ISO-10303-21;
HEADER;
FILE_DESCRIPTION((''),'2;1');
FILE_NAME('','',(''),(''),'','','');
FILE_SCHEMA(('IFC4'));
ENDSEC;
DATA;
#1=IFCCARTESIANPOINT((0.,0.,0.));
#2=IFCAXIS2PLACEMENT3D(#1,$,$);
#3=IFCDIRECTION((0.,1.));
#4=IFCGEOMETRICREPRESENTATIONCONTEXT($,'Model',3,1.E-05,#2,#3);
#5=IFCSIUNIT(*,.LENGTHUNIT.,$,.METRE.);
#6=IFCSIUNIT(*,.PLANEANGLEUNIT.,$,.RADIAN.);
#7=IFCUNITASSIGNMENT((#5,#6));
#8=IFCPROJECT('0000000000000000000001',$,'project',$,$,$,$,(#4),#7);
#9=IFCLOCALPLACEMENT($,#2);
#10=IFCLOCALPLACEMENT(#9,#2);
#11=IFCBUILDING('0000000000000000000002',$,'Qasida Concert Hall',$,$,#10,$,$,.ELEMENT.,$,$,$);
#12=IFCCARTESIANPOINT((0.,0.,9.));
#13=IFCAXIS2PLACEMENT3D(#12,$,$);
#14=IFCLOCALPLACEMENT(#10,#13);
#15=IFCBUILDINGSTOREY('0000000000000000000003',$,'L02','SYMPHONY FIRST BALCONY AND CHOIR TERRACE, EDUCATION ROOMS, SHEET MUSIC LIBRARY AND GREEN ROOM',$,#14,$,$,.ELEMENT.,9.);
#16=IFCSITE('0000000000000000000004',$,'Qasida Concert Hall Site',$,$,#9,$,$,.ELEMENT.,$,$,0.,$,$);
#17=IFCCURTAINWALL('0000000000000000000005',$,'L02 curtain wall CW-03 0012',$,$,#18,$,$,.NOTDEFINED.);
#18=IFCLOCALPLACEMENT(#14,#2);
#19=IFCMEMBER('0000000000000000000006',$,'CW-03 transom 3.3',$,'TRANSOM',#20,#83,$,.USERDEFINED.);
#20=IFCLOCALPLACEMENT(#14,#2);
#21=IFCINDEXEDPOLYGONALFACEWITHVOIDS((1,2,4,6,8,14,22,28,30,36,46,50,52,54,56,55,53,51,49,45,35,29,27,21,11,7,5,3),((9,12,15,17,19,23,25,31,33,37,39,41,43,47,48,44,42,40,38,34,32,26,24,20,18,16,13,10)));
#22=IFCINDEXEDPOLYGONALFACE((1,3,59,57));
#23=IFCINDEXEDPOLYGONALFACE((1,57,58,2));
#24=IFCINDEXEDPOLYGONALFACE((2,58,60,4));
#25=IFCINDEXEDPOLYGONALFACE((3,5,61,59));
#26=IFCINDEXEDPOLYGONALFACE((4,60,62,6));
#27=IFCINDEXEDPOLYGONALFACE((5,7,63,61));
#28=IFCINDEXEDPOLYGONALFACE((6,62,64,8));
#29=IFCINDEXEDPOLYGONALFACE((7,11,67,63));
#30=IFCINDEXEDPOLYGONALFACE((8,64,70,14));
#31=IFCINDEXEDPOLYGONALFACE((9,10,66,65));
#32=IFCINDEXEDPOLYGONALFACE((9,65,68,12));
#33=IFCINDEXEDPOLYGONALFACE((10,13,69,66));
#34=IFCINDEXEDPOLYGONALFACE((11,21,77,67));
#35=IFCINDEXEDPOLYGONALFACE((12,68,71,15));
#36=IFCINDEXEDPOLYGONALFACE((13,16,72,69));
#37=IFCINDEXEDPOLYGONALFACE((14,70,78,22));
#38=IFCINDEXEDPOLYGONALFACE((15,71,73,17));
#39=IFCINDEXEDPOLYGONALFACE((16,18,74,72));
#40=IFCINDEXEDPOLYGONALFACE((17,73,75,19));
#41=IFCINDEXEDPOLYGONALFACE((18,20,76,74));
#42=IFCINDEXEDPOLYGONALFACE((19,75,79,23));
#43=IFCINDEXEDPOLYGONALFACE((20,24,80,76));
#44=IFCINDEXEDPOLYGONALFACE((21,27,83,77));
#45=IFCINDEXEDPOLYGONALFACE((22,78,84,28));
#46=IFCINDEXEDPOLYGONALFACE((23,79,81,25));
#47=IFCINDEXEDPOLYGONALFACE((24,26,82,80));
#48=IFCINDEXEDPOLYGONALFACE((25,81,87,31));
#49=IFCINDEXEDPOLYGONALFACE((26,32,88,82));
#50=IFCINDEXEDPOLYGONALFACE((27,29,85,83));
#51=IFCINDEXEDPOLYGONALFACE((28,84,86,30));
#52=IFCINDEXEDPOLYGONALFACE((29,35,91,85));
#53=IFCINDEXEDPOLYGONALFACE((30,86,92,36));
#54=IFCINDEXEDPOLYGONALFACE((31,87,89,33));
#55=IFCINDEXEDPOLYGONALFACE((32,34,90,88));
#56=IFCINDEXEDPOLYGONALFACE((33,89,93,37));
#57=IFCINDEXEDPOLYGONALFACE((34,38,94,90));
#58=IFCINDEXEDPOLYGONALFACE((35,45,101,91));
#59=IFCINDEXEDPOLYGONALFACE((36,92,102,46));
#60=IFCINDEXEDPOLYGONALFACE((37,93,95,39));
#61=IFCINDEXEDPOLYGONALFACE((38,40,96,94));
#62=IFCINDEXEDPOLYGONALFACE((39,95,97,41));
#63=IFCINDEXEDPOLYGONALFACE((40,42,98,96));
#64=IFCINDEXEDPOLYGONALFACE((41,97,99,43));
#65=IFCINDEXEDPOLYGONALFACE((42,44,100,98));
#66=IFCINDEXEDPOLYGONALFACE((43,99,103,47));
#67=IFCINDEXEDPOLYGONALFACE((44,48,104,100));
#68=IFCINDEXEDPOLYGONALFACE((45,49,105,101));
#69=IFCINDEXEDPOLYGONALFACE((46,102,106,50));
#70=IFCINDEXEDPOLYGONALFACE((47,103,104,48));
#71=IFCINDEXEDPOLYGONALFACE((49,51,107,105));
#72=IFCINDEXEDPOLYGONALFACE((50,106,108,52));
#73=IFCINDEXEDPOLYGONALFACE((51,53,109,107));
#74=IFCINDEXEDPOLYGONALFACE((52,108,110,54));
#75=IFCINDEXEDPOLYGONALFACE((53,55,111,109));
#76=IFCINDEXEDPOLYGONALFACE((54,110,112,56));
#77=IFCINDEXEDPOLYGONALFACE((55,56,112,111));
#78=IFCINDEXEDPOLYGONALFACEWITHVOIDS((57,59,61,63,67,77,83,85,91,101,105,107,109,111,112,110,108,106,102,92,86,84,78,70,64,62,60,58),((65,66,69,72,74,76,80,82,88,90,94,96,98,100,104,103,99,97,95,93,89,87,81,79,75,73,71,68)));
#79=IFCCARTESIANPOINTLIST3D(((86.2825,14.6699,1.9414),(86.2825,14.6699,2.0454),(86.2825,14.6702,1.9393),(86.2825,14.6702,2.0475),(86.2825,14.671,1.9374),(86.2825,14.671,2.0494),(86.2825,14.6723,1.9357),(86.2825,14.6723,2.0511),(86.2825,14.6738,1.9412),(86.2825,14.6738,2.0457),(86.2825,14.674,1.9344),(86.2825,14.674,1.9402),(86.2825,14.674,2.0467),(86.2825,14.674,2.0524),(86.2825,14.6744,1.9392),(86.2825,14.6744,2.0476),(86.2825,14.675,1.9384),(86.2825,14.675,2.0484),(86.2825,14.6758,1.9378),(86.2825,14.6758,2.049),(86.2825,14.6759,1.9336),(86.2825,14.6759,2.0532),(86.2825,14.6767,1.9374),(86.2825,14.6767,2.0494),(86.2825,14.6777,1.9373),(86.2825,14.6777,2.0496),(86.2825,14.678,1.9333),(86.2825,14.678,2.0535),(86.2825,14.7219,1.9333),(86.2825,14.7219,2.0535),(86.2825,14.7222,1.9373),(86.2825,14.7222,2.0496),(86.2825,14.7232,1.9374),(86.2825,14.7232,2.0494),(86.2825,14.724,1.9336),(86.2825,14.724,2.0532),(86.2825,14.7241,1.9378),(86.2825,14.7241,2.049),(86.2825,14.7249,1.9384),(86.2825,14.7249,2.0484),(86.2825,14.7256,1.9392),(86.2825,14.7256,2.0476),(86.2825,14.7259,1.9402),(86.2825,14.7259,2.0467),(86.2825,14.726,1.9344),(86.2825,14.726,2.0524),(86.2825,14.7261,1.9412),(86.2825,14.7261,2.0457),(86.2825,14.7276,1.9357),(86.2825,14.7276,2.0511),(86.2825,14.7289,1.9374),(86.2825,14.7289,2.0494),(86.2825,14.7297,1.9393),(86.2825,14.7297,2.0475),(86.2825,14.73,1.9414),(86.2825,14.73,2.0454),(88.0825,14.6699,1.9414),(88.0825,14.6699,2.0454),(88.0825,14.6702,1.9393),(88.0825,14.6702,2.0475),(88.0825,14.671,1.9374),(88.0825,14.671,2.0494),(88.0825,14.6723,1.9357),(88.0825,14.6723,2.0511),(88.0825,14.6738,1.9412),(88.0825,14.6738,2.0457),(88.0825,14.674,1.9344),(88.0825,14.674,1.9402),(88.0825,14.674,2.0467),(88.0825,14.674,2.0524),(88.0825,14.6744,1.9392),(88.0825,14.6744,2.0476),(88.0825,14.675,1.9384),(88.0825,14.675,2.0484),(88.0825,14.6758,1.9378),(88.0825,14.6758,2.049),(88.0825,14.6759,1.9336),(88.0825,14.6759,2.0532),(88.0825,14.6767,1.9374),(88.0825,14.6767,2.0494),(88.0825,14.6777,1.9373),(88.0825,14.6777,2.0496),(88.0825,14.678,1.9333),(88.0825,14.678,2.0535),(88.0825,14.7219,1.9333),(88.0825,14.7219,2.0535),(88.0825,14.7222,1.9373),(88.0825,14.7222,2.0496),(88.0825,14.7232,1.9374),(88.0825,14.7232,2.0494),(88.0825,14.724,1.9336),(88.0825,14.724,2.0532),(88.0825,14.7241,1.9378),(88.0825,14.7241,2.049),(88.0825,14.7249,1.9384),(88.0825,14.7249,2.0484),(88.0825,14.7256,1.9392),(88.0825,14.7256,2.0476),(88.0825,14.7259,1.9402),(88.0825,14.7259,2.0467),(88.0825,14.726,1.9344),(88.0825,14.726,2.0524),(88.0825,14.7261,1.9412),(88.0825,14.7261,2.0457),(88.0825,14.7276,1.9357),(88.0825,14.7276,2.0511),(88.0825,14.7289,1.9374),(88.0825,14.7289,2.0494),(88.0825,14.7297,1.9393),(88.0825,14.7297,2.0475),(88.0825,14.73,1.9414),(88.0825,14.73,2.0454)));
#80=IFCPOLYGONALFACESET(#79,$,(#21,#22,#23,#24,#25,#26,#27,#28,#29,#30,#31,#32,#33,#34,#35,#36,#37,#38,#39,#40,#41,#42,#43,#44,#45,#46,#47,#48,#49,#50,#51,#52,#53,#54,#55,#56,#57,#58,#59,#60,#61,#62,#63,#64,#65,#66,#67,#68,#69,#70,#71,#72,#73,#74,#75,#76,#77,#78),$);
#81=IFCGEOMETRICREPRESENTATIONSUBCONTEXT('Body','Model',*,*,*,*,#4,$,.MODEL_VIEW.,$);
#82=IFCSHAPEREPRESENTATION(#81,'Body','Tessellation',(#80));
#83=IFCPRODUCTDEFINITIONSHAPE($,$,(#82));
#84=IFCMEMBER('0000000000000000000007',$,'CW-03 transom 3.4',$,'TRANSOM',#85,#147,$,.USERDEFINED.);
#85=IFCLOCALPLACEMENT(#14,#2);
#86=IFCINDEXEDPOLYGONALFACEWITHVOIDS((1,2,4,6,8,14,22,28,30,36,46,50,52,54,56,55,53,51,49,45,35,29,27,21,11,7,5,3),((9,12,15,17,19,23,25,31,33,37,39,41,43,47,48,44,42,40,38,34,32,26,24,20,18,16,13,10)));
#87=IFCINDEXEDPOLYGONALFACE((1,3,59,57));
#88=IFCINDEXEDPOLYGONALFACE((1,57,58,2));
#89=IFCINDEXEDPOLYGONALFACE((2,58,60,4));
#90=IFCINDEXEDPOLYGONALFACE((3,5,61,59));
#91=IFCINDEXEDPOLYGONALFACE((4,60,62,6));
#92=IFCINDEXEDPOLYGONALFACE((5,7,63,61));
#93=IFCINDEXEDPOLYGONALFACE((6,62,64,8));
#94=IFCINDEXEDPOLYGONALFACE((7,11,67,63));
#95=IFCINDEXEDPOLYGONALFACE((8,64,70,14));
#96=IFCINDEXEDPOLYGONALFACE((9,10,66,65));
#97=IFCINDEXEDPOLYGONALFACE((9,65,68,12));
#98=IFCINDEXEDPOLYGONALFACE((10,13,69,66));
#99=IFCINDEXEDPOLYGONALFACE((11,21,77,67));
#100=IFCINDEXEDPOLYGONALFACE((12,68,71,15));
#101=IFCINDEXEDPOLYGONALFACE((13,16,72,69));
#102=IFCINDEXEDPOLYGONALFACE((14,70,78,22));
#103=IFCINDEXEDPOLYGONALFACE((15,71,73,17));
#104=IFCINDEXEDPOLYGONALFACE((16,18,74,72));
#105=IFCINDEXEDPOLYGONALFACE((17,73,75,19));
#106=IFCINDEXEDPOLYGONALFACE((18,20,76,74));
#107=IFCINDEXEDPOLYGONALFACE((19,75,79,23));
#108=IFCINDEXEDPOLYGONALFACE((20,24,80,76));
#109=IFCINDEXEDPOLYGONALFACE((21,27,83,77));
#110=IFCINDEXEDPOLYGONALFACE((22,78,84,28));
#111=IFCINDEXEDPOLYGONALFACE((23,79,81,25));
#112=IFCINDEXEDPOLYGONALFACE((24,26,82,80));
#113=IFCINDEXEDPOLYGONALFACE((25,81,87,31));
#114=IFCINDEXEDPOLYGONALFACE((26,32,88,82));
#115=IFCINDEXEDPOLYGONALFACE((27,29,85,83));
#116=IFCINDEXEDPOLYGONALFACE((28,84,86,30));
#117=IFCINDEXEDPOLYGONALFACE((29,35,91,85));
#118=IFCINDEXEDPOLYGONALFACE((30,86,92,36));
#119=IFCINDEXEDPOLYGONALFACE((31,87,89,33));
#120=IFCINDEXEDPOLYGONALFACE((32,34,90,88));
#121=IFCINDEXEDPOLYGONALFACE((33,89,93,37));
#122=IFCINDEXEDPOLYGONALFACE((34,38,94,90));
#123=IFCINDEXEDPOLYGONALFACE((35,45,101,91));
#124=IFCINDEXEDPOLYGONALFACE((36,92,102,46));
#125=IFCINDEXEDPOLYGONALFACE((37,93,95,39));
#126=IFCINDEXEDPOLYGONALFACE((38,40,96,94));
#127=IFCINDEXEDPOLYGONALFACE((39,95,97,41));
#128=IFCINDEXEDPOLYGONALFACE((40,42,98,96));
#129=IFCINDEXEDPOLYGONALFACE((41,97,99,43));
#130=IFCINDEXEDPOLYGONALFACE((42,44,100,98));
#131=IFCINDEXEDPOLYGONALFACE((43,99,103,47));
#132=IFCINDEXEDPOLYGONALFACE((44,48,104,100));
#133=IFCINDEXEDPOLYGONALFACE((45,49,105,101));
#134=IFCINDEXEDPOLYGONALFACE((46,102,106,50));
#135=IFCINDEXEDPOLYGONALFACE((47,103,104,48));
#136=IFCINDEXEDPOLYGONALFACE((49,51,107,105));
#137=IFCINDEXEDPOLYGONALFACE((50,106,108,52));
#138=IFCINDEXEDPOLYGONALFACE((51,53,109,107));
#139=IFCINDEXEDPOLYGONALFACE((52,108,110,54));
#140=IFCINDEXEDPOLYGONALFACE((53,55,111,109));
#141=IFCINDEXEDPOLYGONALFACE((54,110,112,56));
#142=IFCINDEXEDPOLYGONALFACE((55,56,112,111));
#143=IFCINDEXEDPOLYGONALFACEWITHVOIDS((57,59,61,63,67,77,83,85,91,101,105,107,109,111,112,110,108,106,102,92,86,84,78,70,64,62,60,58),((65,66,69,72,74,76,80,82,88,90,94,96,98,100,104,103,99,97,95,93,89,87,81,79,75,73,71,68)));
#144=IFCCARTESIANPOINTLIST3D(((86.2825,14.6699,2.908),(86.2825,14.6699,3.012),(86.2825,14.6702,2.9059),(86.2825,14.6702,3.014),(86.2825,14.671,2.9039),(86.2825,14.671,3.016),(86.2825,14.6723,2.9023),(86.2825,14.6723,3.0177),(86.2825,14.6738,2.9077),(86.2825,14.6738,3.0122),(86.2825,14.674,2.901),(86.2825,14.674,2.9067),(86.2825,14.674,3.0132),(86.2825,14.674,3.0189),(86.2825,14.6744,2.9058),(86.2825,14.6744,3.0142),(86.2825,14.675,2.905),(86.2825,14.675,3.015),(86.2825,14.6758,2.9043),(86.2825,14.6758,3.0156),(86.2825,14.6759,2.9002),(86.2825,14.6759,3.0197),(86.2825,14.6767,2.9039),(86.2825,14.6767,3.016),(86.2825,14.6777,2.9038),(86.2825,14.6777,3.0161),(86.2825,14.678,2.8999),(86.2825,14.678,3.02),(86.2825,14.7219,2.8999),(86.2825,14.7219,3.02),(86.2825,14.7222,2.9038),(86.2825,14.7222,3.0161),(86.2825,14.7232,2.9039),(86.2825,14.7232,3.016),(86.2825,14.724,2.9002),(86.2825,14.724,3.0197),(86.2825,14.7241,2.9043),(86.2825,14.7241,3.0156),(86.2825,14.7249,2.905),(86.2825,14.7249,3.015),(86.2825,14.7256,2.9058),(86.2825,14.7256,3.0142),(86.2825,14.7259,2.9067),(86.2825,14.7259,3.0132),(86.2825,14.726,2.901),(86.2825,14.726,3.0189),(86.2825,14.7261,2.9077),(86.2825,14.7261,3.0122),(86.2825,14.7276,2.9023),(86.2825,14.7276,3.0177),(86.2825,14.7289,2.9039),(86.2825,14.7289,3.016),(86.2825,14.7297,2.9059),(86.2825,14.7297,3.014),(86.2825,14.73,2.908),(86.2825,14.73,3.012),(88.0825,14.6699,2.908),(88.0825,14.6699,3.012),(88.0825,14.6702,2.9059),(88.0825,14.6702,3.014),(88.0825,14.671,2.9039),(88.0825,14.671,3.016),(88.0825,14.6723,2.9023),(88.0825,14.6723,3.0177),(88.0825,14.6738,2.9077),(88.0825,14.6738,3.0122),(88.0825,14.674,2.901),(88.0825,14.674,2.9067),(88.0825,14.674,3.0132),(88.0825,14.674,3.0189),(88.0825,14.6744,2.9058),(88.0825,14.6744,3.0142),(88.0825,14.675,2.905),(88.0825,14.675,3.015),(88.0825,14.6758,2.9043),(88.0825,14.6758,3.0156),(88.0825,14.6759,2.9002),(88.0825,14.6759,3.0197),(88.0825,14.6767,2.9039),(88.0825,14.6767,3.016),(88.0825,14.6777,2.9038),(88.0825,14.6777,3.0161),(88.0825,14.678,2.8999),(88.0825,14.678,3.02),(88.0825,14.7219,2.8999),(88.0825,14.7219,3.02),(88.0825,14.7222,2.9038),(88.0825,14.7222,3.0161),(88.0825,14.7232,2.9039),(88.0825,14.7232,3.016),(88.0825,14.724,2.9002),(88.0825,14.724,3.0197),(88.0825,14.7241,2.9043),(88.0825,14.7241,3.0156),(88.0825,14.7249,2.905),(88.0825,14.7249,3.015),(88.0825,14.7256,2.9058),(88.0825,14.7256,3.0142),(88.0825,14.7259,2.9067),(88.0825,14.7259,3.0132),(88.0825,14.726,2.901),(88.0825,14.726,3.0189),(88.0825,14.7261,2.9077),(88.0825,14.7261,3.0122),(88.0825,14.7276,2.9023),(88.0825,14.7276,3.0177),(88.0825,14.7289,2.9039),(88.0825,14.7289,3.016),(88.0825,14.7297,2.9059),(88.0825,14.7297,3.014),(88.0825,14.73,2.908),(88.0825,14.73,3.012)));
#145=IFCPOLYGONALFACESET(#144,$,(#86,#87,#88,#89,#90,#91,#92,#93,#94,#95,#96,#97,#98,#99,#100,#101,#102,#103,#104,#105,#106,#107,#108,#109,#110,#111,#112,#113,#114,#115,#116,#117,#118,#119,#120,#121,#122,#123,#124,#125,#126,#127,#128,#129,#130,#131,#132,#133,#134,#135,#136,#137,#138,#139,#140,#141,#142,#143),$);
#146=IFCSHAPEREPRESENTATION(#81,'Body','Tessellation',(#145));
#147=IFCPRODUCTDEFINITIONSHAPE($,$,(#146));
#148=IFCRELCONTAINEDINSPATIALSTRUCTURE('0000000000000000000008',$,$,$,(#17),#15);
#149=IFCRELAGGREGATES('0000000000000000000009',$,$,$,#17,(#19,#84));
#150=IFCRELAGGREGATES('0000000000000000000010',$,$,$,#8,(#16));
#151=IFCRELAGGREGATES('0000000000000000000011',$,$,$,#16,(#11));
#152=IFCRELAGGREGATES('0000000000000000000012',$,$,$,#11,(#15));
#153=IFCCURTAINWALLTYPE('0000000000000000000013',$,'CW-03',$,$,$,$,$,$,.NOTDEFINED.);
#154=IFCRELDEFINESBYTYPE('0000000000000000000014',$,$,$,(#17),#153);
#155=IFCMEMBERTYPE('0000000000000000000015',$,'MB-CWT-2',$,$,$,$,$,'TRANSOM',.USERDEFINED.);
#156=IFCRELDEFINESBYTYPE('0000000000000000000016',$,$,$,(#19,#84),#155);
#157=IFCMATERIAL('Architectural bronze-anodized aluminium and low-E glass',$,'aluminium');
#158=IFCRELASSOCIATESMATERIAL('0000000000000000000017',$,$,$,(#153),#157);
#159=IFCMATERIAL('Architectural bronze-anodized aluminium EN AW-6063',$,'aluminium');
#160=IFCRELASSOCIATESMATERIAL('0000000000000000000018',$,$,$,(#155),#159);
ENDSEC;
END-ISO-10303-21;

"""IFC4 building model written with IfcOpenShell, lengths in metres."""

from ifc_helpers import new_model, si_unit, direction, frame, origin, origin_2d, place, context, subcontext, project, spatial, hollow_rectangle, extrude, material, material_profile, profile_set, type_object, element, aggregate, save


model = new_model("IFC4")

# Units and contexts
model_context = context("Model", 3, precision=1e-05, world=origin(), true_north=direction((0.0, 1.0)))
body_context = subcontext(model_context, "Body", "Model", "MODEL_VIEW")
ifc_project = project(units=[si_unit("LENGTHUNIT", "METRE"), si_unit("PLANEANGLEUNIT", "RADIAN")], contexts=[model_context])

# Site, building, storey
site_placement = place(None, origin())
site = spatial("IfcSite", under=ifc_project, at=site_placement, Name="Qasida Concert Hall Site", CompositionType="ELEMENT", RefElevation=0.0)
building_placement = place(site_placement, origin())
building = spatial("IfcBuilding", under=site, at=building_placement, Name="Qasida Concert Hall", CompositionType="ELEMENT")
storey_placement = place(building_placement, frame((0.0, 0.0, 9.0)))
storey = spatial("IfcBuildingStorey", under=building, at=storey_placement, Name="L02", Description="SYMPHONY FIRST BALCONY AND CHOIR TERRACE, EDUCATION ROOMS, SHEET MUSIC LIBRARY AND GREEN ROOM", CompositionType="ELEMENT", Elevation=9.0)

# Curtain wall, members
ifc_material_1 = material(Name="Architectural bronze-anodized aluminium and low-E glass", Category="aluminium")
curtain_wall_type = type_object("IfcCurtainWallType", Name="CW-03", PredefinedType="NOTDEFINED", material=ifc_material_1)
curtain_wall_placement = place(storey_placement, origin())
curtain_wall = element("IfcCurtainWall", 1, at=curtain_wall_placement, inside=storey, type_object=curtain_wall_type, Name="L02 curtain wall CW-03 0012", PredefinedType="NOTDEFINED")
ifc_material_2 = material(Name="Architectural bronze-anodized aluminium EN AW-6063", Category="aluminium")
ifc_material_profile_1 = material_profile(ifc_material_2, hollow_rectangle(XDim=0.0601, YDim=0.1201, WallThickness=0.0039, InnerFilletRadius=0.0039, OuterFilletRadius=0.0081, at=origin_2d()), Name="CWT 120x60x4")
ifc_profile_set_1 = profile_set([ifc_material_profile_1], Name="Architectural bronze-anodized aluminium EN AW-6063")
member_type_1 = type_object("IfcMemberType", Name="MB-CWT-2", ElementType="TRANSOM", PredefinedType="USERDEFINED", material=ifc_profile_set_1)
member_1_placement = place(storey_placement, frame((86.2825, 14.7, 1.9934), z_axis=(1.0, 0.0, 0.0), x_axis=(0.0, 1.0, 0.0)))
member_1 = element("IfcMember", 2, at=member_1_placement, type_object=member_type_1, Name="CW-03 transom 3.3", ObjectType="TRANSOM", PredefinedType="USERDEFINED", context=body_context, shape_type="SweptSolid", body=[
    extrude(hollow_rectangle(XDim=0.0601, YDim=0.1201, WallThickness=0.0039, InnerFilletRadius=0.0039, OuterFilletRadius=0.0081, at=origin_2d()), origin(), (0.0, 0.0, 1.0), 1.8),
])
member_2_placement = place(storey_placement, frame((86.2825, 14.7, 2.96), z_axis=(1.0, 0.0, 0.0), x_axis=(0.0, 1.0, 0.0)))
member_2 = element("IfcMember", 3, at=member_2_placement, type_object=member_type_1, Name="CW-03 transom 3.4", ObjectType="TRANSOM", PredefinedType="USERDEFINED", context=body_context, shape_type="SweptSolid", body=[
    extrude(hollow_rectangle(XDim=0.0601, YDim=0.1201, WallThickness=0.0039, InnerFilletRadius=0.0039, OuterFilletRadius=0.0081, at=origin_2d()), origin(), (0.0, 0.0, 1.0), 1.8),
])
aggregate(curtain_wall, [member_1, member_2])

save(model, "model.ifc")
